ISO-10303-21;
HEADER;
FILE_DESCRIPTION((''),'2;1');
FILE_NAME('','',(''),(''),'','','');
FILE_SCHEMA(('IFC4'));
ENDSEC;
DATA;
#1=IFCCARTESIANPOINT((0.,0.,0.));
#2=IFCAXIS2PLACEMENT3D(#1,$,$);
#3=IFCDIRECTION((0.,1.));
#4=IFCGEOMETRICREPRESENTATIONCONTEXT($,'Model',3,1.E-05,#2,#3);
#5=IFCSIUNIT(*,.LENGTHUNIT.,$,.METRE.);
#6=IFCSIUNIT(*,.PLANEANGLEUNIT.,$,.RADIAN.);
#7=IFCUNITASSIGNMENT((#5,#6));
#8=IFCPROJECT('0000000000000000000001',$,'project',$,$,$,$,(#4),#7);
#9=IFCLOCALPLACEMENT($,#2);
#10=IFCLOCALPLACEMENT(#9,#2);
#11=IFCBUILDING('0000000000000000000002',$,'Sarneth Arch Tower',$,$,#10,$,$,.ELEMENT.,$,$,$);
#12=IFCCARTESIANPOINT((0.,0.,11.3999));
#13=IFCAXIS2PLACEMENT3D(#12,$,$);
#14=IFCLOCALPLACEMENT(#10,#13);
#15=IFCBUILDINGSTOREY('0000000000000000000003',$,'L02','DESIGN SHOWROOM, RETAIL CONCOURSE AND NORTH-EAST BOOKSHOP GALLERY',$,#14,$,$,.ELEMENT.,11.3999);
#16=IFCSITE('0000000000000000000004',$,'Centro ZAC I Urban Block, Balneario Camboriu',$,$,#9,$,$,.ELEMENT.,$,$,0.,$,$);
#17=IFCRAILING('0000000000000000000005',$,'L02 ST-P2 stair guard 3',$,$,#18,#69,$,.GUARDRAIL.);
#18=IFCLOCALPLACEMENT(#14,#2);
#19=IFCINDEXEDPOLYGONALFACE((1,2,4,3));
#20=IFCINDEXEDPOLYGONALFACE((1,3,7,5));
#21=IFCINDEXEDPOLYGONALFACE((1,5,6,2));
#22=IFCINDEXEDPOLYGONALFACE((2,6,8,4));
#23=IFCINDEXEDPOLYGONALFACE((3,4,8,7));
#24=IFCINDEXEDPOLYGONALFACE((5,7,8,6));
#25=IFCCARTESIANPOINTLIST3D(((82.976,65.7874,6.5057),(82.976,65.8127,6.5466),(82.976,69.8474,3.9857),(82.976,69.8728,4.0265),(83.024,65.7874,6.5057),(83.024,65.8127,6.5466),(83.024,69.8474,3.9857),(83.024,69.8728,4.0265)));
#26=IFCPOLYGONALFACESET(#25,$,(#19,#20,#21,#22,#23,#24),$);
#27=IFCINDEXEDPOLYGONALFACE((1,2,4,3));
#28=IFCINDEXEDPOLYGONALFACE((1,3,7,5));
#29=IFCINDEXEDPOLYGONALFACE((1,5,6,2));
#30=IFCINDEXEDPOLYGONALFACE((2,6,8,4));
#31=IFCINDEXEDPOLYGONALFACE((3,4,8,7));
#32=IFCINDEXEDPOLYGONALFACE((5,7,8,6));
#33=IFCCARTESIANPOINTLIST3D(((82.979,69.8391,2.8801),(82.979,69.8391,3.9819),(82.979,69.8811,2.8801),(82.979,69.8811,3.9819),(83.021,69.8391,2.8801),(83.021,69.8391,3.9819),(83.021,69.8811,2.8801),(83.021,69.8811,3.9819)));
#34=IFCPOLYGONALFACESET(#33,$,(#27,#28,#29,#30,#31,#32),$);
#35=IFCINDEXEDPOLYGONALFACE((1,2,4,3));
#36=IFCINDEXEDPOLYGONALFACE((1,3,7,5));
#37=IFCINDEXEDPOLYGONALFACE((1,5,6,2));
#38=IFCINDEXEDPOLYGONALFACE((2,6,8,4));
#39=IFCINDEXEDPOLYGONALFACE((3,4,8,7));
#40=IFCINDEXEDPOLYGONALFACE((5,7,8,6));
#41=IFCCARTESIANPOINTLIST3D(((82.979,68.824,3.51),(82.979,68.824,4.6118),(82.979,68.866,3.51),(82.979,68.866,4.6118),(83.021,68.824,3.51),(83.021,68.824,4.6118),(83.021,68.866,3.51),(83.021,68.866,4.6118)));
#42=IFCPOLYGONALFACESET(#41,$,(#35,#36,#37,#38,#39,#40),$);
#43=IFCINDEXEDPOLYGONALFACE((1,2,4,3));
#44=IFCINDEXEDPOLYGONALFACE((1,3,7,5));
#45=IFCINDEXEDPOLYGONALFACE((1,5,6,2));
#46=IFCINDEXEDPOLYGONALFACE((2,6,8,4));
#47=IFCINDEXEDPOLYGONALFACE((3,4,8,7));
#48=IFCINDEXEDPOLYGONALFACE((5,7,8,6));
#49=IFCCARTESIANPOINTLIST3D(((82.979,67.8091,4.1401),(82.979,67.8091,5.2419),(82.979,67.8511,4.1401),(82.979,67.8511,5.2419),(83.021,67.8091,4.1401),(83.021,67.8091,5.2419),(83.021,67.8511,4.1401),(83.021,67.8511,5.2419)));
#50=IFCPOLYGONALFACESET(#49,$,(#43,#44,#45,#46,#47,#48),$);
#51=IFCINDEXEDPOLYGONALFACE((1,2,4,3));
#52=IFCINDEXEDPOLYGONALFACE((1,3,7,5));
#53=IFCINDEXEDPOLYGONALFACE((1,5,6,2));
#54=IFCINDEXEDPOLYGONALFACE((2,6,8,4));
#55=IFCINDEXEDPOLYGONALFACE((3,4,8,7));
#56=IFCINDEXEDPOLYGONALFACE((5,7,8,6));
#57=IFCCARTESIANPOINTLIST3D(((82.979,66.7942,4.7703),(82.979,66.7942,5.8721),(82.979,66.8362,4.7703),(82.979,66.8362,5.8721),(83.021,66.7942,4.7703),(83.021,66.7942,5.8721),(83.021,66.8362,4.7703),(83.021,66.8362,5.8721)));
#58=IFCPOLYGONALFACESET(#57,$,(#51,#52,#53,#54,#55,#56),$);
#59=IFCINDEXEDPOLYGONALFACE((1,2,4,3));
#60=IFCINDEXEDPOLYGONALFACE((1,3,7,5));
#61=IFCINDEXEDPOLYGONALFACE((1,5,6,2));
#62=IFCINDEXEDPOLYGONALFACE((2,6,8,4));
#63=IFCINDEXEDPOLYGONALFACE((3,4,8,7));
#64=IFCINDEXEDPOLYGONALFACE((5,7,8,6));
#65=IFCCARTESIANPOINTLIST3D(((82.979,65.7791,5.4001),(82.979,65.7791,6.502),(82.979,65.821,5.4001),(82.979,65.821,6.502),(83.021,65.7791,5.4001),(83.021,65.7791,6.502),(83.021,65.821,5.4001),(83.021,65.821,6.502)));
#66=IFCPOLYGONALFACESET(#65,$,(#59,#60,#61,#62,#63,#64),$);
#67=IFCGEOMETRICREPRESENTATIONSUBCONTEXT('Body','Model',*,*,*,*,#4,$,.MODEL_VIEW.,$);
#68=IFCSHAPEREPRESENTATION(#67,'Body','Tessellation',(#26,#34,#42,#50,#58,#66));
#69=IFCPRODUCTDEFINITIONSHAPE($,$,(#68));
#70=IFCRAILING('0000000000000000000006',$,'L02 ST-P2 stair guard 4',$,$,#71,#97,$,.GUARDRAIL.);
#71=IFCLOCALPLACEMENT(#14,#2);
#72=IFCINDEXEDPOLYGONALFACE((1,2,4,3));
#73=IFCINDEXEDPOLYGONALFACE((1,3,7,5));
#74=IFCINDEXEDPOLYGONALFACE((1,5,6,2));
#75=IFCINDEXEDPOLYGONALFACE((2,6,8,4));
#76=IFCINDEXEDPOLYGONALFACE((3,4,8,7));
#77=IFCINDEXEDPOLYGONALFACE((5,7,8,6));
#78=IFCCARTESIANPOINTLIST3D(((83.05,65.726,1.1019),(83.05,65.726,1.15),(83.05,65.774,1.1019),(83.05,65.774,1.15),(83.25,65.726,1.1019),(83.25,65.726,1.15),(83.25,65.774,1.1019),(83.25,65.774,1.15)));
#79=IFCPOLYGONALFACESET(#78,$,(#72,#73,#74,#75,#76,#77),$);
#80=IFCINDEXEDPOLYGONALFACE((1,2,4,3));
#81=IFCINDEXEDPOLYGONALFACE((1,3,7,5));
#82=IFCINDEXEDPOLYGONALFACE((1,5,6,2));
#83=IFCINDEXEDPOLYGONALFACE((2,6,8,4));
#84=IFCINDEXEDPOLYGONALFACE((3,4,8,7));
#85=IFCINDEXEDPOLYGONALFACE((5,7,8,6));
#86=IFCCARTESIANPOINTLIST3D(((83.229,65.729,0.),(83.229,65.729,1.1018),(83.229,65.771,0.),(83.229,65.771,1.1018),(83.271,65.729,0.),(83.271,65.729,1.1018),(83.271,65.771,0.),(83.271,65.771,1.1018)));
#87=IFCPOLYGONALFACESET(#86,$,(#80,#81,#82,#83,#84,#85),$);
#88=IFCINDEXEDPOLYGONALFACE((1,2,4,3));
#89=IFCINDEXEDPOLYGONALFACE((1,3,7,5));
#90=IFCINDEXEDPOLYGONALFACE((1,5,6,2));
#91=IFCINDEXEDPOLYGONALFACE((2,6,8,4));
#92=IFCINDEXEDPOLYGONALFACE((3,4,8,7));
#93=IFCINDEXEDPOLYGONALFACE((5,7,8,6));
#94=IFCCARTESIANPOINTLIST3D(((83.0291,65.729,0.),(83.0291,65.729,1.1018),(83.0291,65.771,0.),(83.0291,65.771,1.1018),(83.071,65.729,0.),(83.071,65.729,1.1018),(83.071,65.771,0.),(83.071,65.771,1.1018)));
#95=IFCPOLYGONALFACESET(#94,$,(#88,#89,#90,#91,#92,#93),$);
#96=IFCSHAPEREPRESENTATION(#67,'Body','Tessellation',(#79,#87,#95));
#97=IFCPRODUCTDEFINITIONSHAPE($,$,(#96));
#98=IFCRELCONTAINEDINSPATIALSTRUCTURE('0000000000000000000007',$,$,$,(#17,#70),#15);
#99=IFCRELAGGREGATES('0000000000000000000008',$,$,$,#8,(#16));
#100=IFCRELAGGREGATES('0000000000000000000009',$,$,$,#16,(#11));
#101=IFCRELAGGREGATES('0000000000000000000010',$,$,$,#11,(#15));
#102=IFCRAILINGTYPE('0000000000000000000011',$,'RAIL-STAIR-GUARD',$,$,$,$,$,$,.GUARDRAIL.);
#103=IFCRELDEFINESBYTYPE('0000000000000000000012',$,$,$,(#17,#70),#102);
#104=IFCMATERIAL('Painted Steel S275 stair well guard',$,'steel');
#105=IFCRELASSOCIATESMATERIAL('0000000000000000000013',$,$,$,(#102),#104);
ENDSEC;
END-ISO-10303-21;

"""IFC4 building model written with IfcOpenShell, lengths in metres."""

from ifc_helpers import new_model, si_unit, direction, frame, origin, origin_2d, place, context, subcontext, project, spatial, rectangle, extrude, material, type_object, element, save


model = new_model("IFC4")

# Units and contexts
model_context = context("Model", 3, precision=1e-05, world=origin(), true_north=direction((0.0, 1.0)))
body_context = subcontext(model_context, "Body", "Model", "MODEL_VIEW")
ifc_project = project(units=[si_unit("LENGTHUNIT", "METRE"), si_unit("PLANEANGLEUNIT", "RADIAN")], contexts=[model_context])

# Site, building, storey
site_placement = place(None, origin())
site = spatial("IfcSite", under=ifc_project, at=site_placement, Name="Centro ZAC I Urban Block, Balneario Camboriu", CompositionType="ELEMENT", RefElevation=0.0)
building_placement = place(site_placement, origin())
building = spatial("IfcBuilding", under=site, at=building_placement, Name="Sarneth Arch Tower", CompositionType="ELEMENT")
storey_placement = place(building_placement, frame((0.0, 0.0, 11.3999)))
storey = spatial("IfcBuildingStorey", under=building, at=storey_placement, Name="L02", Description="DESIGN SHOWROOM, RETAIL CONCOURSE AND NORTH-EAST BOOKSHOP GALLERY", CompositionType="ELEMENT", Elevation=11.3999)

# Railings
ifc_material_1 = material(Name="Painted Steel S275 stair well guard", Category="steel")
railing_type_1 = type_object("IfcRailingType", Name="RAIL-STAIR-GUARD", PredefinedType="GUARDRAIL", material=ifc_material_1)
railing_1_placement = place(storey_placement, frame((83.0, 69.8601, 2.8801)))
element("IfcRailing", 1, at=railing_1_placement, inside=storey, type_object=railing_type_1, Name="L02 ST-P2 stair guard 3", PredefinedType="GUARDRAIL", context=body_context, shape_type="SweptSolid", body=[
    extrude(rectangle(XDim=0.0481, YDim=0.0481, at=origin_2d()), frame((0.0, 0.0, 1.126), z_axis=(0.0, -0.849642, 0.52736), x_axis=(1.0, 0.0, 0.0)), (0.0, 0.0, 1.0), 4.7786),
    extrude(rectangle(XDim=0.042, YDim=0.042, at=origin_2d()), origin(), (0.0, 0.0, 1.0), 1.1018),
    extrude(rectangle(XDim=0.042, YDim=0.042, at=origin_2d()), frame((0.0, -1.0151, 0.6299)), (0.0, 0.0, 1.0), 1.1018),
    extrude(rectangle(XDim=0.042, YDim=0.042, at=origin_2d()), frame((0.0, -2.03, 1.26)), (0.0, 0.0, 1.0), 1.1018),
    extrude(rectangle(XDim=0.042, YDim=0.042, at=origin_2d()), frame((0.0, -3.0449, 1.8901)), (0.0, 0.0, 1.0), 1.1018),
    extrude(rectangle(XDim=0.042, YDim=0.042, at=origin_2d()), frame((0.0, -4.0601, 2.52)), (0.0, 0.0, 1.0), 1.1018),
])
railing_2_placement = place(storey_placement, frame((83.25, 65.75, 0.0)))
element("IfcRailing", 2, at=railing_2_placement, inside=storey, type_object=railing_type_1, Name="L02 ST-P2 stair guard 4", PredefinedType="GUARDRAIL", context=body_context, shape_type="SweptSolid", body=[
    extrude(rectangle(XDim=0.0481, YDim=0.0481, at=origin_2d()), frame((0.0, 0.0, 1.126), z_axis=(-1.0, 0.0, 0.0), x_axis=(0.0, -1.0, 0.0)), (0.0, 0.0, 1.0), 0.2),
    extrude(rectangle(XDim=0.042, YDim=0.042, at=origin_2d()), origin(), (0.0, 0.0, 1.0), 1.1018),
    extrude(rectangle(XDim=0.042, YDim=0.042, at=origin_2d()), frame((-0.2, 0.0, 0.0)), (0.0, 0.0, 1.0), 1.1018),
])

save(model, "model.ifc")
